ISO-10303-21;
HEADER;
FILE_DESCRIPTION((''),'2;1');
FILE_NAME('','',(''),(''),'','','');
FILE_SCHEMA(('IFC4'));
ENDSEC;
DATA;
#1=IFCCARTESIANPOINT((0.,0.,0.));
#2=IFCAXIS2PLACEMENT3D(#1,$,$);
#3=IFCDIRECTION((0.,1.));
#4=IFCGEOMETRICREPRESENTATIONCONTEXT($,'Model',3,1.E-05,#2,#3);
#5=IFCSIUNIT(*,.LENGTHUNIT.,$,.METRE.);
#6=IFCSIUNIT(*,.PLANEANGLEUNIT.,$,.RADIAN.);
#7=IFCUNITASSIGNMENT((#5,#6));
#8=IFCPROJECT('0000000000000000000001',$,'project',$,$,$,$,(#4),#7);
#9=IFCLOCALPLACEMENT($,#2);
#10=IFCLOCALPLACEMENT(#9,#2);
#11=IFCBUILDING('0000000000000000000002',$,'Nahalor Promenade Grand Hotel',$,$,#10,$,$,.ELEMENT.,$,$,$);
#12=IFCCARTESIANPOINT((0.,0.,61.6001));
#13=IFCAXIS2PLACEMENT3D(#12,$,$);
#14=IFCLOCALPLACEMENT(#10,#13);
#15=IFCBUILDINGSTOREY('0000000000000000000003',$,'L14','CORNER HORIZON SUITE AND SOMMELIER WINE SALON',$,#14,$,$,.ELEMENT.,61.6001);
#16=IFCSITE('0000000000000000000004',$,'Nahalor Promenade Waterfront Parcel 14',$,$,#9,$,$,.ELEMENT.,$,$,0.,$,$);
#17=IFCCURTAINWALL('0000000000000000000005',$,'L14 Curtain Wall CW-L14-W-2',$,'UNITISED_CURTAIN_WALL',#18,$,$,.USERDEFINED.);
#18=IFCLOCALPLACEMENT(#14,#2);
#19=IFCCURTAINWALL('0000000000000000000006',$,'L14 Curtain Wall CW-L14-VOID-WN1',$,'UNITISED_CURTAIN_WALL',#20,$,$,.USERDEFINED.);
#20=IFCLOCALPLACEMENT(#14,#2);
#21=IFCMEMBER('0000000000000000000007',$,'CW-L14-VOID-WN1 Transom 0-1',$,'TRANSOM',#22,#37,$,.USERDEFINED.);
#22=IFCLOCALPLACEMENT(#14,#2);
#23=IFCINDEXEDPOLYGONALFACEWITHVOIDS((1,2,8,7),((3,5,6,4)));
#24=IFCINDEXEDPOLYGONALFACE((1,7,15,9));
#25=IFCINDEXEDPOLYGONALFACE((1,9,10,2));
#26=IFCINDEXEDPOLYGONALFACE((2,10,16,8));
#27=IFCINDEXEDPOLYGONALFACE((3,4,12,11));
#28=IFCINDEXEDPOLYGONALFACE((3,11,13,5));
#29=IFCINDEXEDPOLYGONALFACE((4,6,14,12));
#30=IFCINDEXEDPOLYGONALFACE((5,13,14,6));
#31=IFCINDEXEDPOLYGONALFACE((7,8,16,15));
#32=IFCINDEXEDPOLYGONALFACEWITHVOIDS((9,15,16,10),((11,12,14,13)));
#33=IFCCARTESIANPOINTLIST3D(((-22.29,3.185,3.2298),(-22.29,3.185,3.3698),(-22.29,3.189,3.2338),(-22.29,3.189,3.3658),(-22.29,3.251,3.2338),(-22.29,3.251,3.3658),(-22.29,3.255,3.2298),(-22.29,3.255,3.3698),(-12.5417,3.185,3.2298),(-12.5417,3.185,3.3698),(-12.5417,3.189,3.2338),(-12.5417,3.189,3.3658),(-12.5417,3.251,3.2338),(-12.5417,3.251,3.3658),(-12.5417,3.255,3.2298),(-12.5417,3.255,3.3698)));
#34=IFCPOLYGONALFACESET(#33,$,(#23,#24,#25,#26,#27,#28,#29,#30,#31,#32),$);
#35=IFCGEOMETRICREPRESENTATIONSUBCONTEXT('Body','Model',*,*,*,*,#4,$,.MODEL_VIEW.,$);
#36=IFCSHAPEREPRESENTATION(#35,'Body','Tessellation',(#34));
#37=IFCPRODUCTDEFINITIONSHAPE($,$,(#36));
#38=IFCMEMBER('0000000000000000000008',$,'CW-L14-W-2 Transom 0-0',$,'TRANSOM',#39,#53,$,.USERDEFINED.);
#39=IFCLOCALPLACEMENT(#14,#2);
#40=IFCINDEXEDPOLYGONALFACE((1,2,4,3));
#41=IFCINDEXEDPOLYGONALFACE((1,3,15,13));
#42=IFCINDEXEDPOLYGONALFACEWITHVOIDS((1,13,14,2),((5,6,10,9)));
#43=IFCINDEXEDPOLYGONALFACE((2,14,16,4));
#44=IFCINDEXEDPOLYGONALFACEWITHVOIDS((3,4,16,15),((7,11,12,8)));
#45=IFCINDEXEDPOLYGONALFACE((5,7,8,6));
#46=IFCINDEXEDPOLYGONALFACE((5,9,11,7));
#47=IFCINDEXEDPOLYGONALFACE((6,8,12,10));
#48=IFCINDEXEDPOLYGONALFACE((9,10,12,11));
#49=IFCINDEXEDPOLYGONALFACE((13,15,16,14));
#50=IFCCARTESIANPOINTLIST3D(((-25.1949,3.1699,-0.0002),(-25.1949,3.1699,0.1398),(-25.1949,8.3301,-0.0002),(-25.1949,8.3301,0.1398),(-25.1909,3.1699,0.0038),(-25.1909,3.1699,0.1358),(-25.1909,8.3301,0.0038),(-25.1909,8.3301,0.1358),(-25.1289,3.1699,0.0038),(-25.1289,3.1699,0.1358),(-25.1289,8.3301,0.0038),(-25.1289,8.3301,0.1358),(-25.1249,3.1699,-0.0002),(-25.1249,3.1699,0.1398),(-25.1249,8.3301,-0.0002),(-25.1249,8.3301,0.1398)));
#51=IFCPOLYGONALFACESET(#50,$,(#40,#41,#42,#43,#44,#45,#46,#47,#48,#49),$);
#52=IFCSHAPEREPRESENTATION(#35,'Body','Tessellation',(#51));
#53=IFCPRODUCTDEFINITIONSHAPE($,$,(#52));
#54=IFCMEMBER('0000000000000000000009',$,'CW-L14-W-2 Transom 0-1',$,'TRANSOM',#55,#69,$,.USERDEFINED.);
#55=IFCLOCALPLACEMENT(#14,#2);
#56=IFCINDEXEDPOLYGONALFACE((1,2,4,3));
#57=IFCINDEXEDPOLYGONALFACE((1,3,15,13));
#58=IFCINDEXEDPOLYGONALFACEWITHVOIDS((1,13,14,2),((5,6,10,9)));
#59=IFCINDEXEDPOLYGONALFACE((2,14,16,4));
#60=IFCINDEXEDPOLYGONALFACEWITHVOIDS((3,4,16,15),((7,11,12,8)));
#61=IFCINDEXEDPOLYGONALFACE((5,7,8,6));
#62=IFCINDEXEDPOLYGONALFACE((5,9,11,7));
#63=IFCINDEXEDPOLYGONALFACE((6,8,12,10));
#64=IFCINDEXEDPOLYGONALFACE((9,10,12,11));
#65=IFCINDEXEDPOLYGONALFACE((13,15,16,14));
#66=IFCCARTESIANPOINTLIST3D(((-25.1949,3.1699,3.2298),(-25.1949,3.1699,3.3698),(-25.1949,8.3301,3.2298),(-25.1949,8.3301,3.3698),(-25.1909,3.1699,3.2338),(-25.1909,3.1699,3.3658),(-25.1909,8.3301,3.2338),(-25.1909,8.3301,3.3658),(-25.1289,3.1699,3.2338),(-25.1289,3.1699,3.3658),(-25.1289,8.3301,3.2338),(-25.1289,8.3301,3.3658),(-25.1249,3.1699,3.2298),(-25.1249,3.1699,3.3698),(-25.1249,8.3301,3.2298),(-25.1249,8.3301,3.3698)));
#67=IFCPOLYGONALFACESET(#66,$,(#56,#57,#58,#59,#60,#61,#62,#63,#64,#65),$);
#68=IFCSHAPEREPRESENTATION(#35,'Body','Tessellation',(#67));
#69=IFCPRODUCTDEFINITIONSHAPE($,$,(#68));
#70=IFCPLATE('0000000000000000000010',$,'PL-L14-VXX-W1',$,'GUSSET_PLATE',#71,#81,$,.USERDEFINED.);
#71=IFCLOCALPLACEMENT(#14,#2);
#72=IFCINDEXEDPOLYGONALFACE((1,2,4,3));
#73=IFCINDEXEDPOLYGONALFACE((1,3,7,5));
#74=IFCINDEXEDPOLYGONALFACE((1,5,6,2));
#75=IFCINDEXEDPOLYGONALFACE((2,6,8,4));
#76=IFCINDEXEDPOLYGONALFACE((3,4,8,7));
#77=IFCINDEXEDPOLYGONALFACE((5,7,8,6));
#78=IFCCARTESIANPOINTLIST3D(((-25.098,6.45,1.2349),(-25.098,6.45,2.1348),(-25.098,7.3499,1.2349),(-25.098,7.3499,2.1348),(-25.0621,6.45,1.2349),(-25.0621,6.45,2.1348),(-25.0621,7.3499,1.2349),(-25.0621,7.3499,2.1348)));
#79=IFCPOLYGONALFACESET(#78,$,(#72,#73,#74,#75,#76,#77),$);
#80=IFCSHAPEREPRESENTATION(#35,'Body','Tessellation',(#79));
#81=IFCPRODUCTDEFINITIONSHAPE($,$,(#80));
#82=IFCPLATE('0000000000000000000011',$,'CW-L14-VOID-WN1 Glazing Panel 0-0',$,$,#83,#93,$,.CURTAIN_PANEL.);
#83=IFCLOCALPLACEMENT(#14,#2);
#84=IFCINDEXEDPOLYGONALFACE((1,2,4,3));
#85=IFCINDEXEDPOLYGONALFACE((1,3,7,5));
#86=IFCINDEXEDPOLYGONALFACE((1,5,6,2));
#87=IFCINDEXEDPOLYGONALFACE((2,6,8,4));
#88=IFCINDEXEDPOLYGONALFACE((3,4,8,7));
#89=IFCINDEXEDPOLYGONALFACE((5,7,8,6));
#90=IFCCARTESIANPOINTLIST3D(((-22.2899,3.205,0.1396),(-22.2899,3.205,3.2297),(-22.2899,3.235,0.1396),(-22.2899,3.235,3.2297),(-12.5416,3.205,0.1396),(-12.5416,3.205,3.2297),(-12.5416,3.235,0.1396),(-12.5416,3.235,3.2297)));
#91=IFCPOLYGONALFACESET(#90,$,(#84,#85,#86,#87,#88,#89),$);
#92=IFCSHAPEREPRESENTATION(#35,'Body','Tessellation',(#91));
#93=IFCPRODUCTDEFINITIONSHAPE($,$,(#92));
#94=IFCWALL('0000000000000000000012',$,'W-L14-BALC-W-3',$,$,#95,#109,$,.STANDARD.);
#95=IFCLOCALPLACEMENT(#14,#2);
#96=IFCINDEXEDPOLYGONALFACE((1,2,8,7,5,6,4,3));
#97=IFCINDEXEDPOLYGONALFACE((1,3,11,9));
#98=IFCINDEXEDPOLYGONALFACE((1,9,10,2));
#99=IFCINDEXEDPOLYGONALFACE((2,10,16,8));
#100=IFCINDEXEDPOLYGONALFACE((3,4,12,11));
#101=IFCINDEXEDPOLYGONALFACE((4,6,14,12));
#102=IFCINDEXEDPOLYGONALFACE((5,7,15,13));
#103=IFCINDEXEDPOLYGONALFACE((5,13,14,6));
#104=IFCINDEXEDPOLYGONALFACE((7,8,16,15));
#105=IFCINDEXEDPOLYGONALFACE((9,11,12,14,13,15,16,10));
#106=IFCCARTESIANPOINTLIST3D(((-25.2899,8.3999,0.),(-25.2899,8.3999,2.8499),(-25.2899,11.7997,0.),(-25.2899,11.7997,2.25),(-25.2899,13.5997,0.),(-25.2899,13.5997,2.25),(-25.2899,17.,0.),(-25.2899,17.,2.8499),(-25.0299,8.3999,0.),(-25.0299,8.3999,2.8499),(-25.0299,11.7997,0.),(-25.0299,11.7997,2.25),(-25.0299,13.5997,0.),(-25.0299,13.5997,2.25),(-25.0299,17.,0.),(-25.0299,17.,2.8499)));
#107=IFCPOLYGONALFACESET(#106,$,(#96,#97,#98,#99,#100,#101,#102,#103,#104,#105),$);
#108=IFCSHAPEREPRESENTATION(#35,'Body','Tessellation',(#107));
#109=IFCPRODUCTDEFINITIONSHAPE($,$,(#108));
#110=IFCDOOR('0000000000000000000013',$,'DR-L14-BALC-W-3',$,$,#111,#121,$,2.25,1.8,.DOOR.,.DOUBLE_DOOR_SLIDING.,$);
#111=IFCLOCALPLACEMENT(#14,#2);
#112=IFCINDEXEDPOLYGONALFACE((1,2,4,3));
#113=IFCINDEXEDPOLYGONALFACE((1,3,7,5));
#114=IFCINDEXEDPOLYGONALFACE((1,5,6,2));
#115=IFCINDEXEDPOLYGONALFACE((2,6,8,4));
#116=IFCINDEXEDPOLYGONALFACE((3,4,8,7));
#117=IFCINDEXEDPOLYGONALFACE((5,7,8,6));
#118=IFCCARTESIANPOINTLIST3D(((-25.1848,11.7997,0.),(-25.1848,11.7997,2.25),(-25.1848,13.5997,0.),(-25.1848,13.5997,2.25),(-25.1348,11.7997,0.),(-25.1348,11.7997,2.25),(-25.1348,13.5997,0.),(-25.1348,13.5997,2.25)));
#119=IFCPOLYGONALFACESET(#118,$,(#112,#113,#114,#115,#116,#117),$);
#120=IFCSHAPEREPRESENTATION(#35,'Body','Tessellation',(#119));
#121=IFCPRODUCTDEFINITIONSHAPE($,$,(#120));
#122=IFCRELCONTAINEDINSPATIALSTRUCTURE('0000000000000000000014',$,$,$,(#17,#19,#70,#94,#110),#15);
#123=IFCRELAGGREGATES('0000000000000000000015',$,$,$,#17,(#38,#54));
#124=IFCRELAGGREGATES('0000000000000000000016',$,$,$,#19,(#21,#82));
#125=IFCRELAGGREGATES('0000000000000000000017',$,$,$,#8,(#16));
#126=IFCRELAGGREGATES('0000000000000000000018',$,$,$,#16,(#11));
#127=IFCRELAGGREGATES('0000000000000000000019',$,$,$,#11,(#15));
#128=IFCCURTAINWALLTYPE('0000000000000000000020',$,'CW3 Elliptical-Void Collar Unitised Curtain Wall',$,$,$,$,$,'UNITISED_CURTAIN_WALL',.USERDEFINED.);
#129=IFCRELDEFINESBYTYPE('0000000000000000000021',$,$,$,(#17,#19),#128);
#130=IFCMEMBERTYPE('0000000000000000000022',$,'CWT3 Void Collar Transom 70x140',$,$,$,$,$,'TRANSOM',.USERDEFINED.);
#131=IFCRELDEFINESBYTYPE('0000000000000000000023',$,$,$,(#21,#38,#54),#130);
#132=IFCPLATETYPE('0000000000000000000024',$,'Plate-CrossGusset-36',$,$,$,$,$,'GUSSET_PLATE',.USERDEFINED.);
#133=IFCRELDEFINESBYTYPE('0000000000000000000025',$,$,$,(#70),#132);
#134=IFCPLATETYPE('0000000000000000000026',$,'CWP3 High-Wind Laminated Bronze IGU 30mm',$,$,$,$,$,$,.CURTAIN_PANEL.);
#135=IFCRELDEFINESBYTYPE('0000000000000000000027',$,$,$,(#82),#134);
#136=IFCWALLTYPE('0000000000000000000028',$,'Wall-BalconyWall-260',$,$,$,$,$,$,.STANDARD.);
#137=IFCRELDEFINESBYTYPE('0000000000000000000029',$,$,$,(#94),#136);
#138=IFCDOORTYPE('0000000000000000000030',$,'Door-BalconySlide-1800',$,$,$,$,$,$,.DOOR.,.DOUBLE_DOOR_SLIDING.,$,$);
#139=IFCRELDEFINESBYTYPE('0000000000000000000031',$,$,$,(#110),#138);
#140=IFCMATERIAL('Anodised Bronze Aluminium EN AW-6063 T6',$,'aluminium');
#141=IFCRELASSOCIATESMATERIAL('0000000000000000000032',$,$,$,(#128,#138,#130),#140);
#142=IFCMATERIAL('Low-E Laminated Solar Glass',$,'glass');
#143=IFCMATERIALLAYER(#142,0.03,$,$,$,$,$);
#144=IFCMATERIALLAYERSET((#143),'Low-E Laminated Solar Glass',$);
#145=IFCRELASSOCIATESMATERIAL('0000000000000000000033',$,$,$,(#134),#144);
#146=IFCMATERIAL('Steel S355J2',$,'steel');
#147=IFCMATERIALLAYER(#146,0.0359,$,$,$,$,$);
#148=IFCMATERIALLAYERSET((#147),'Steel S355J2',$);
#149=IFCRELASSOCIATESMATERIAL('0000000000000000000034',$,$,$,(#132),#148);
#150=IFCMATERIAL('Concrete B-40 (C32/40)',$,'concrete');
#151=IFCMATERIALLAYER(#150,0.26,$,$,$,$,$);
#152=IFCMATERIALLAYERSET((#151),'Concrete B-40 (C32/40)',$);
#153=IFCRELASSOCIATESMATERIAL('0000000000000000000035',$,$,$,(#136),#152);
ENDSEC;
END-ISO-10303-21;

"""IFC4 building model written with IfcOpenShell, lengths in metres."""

from ifc_helpers import new_model, si_unit, direction, frame, frame_2d, origin, origin_2d, place, context, subcontext, project, spatial, rectangle, hollow_rectangle, extrude, source, transform, mapped, material, layer, layer_set, material_profile, profile_set, type_object, element, fill, aggregate, save


model = new_model("IFC4")

# Units and contexts
model_context = context("Model", 3, precision=1e-05, world=origin(), true_north=direction((0.0, 1.0)))
body_context = subcontext(model_context, "Body", "Model", "MODEL_VIEW")
ifc_project = project(units=[si_unit("LENGTHUNIT", "METRE"), si_unit("PLANEANGLEUNIT", "RADIAN")], contexts=[model_context])

# Site, building, storey
site_placement = place(None, origin())
site = spatial("IfcSite", under=ifc_project, at=site_placement, Name="Nahalor Promenade Waterfront Parcel 14", CompositionType="ELEMENT", RefElevation=0.0)
building_placement = place(site_placement, origin())
building = spatial("IfcBuilding", under=site, at=building_placement, Name="Nahalor Promenade Grand Hotel", CompositionType="ELEMENT")
storey_placement = place(building_placement, frame((0.0, 0.0, 61.6001)))
storey = spatial("IfcBuildingStorey", under=building, at=storey_placement, Name="L14", Description="CORNER HORIZON SUITE AND SOMMELIER WINE SALON", CompositionType="ELEMENT", Elevation=61.6001)

# Shared definitions
ifc_material_1 = material(Name="Steel S355J2", Category="steel")

# Curtain walls, member
ifc_material_2 = material(Name="Anodised Bronze Aluminium EN AW-6063 T6", Category="aluminium")
curtain_wall_type = type_object("IfcCurtainWallType", Name="CW3 Elliptical-Void Collar Unitised Curtain Wall", ElementType="UNITISED_CURTAIN_WALL", PredefinedType="USERDEFINED", material=ifc_material_2)
curtain_wall_1_placement = place(storey_placement, origin())
curtain_wall_1 = element("IfcCurtainWall", 1, at=curtain_wall_1_placement, inside=storey, type_object=curtain_wall_type, Name="L14 Curtain Wall CW-L14-W-2", ObjectType="UNITISED_CURTAIN_WALL", PredefinedType="USERDEFINED")
curtain_wall_2_placement = place(storey_placement, origin())
curtain_wall_2 = element("IfcCurtainWall", 2, at=curtain_wall_2_placement, inside=storey, type_object=curtain_wall_type, Name="L14 Curtain Wall CW-L14-VOID-WN1", ObjectType="UNITISED_CURTAIN_WALL", PredefinedType="USERDEFINED")
ifc_material_profile_1 = material_profile(ifc_material_2, hollow_rectangle(XDim=0.07, YDim=0.14, WallThickness=0.004, at=origin_2d()), Name="CWT 70x140x4")
ifc_profile_set_1 = profile_set([ifc_material_profile_1], Name="Anodised Bronze Aluminium EN AW-6063 T6")
member_type_1 = type_object("IfcMemberType", Name="CWT3 Void Collar Transom 70x140", ElementType="TRANSOM", PredefinedType="USERDEFINED", material=ifc_profile_set_1)
shared_shape_1 = source(origin(), body_context, "Body", "SweptSolid", [
    extrude(hollow_rectangle(XDim=0.07, YDim=0.14, WallThickness=0.004, at=origin_2d()), origin(), (0.0, 0.0, 1.0), 9.7483),
])
member_1_placement = place(storey_placement, frame((-22.29, 3.22, 3.2998), z_axis=(1.0, 0.0, 0.0), x_axis=(0.0, 1.0, 0.0)))
member_1 = element("IfcMember", 3, at=member_1_placement, type_object=member_type_1, Name="CW-L14-VOID-WN1 Transom 0-1", ObjectType="TRANSOM", PredefinedType="USERDEFINED", context=body_context, shape_type="MappedRepresentation", body=[
    mapped(shared_shape_1, transform((0.0, 0.0, 0.0), scale=1.0)),
])

# Members
shared_shape_2 = source(origin(), body_context, "Body", "SweptSolid", [
    extrude(hollow_rectangle(XDim=0.07, YDim=0.14, WallThickness=0.004, at=origin_2d()), origin(), (0.0, 0.0, 1.0), 5.1602),
])
member_2_placement = place(storey_placement, frame((-25.1599, 3.1699, 0.0698), z_axis=(0.0, 1.0, 0.0), x_axis=(-1.0, 0.0, 0.0)))
member_2 = element("IfcMember", 4, at=member_2_placement, type_object=member_type_1, Name="CW-L14-W-2 Transom 0-0", ObjectType="TRANSOM", PredefinedType="USERDEFINED", context=body_context, shape_type="MappedRepresentation", body=[
    mapped(shared_shape_2, transform((0.0, 0.0, 0.0), scale=1.0)),
])
member_3_placement = place(storey_placement, frame((-25.1599, 3.1699, 3.2998), z_axis=(0.0, 1.0, 0.0), x_axis=(-1.0, 0.0, 0.0)))
member_3 = element("IfcMember", 5, at=member_3_placement, type_object=member_type_1, Name="CW-L14-W-2 Transom 0-1", ObjectType="TRANSOM", PredefinedType="USERDEFINED", context=body_context, shape_type="MappedRepresentation", body=[
    mapped(shared_shape_2, transform((0.0, 0.0, 0.0), scale=1.0)),
])

# Plates
ifc_material_3 = material(Name="Low-E Laminated Solar Glass", Category="glass")
ifc_layer_1 = layer(ifc_material_3, 0.03)
ifc_layer_set_1 = layer_set([ifc_layer_1], Name="Low-E Laminated Solar Glass")
plate_type_1 = type_object("IfcPlateType", Name="CWP3 High-Wind Laminated Bronze IGU 30mm", PredefinedType="CURTAIN_PANEL", material=ifc_layer_set_1)
aggregate(curtain_wall_1, [member_2, member_3])
ifc_layer_2 = layer(ifc_material_1, 0.0359)
ifc_layer_set_2 = layer_set([ifc_layer_2], Name="Steel S355J2")
plate_type_2 = type_object("IfcPlateType", Name="Plate-CrossGusset-36", ElementType="GUSSET_PLATE", PredefinedType="USERDEFINED", material=ifc_layer_set_2)
shared_shape_3 = source(origin(), body_context, "Body", "SweptSolid", [
    extrude(rectangle(XDim=0.8999, YDim=0.0359, at=origin_2d()), origin(), (0.0, 0.0, 1.0), 0.8999),
])
plate_1_placement = place(storey_placement, frame((-25.0801, 6.8999, 1.2349), z_axis=(0.0, 0.0, 1.0), x_axis=(0.0, 1.0, 0.0)))
element("IfcPlate", 6, at=plate_1_placement, inside=storey, type_object=plate_type_2, Name="PL-L14-VXX-W1", ObjectType="GUSSET_PLATE", PredefinedType="USERDEFINED", context=body_context, shape_type="MappedRepresentation", body=[
    mapped(shared_shape_3, transform((0.0, 0.0, 0.0), scale=1.0)),
])
shared_shape_4 = source(origin(), body_context, "Body", "SweptSolid", [
    extrude(rectangle(XDim=9.7483, YDim=0.03, at=origin_2d()), origin(), (0.0, 0.0, 1.0), 3.0901),
])
plate_2_placement = place(storey_placement, frame((-17.4158, 3.22, 0.1396), z_axis=(0.0, 0.0, 1.0), x_axis=(1.0, 0.0, 0.0)))
plate_2 = element("IfcPlate", 7, at=plate_2_placement, type_object=plate_type_1, Name="CW-L14-VOID-WN1 Glazing Panel 0-0", PredefinedType="CURTAIN_PANEL", context=body_context, shape_type="MappedRepresentation", body=[
    mapped(shared_shape_4, transform((0.0, 0.0, 0.0), scale=1.0)),
])
aggregate(curtain_wall_2, [member_1, plate_2])

# Wall, opening, door
ifc_material_4 = material(Name="Concrete B-40 (C32/40)", Category="concrete")
ifc_layer_3 = layer(ifc_material_4, 0.26)
ifc_layer_set_3 = layer_set([ifc_layer_3], Name="Concrete B-40 (C32/40)")
wall_type_1 = type_object("IfcWallType", Name="Wall-BalconyWall-260", PredefinedType="STANDARD", material=ifc_layer_set_3)
shared_shape_5 = source(origin(), body_context, "Body", "SweptSolid", [
    extrude(rectangle(XDim=8.6001, YDim=0.26, at=frame_2d((4.3, 0.0))), origin(), (0.0, 0.0, 1.0), 2.8499),
])
wall_1_placement = place(storey_placement, frame((-25.1599, 8.3999, 0.0), z_axis=(0.0, 0.0, 1.0), x_axis=(0.0, 1.0, 0.0)))
wall_1 = element("IfcWall", 8, at=wall_1_placement, inside=storey, type_object=wall_type_1, Name="W-L14-BALC-W-3", PredefinedType="STANDARD", context=body_context, shape_type="MappedRepresentation", body=[
    mapped(shared_shape_5, transform((0.0, 0.0, 0.0), scale=1.0)),
])
opening_1_placement = place(wall_1_placement, frame((3.3999, 0.0, 0.0)))
opening_1 = element("IfcOpeningElement", 9, at=opening_1_placement, cuts=wall_1, PredefinedType="OPENING", context=body_context, shape_type="SweptSolid", body=[
    extrude(rectangle(XDim=1.8, YDim=2.25, at=frame_2d((0.8999, 1.125))), frame((0.0, 0.1399, 0.0), z_axis=(0.0, -1.0, 0.0), x_axis=(1.0, 0.0, 0.0)), (0.0, 0.0, 1.0), 0.28),
])
door_type_1 = type_object("IfcDoorType", Name="Door-BalconySlide-1800", OperationType="DOUBLE_DOOR_SLIDING", PredefinedType="DOOR", material=ifc_material_2)
shared_shape_6 = source(origin(), body_context, "Body", "SweptSolid", [
    extrude(rectangle(XDim=1.8, YDim=2.25, at=frame_2d((0.8999, 1.125))), frame((0.0, 0.0249, 0.0), z_axis=(0.0, -1.0, 0.0), x_axis=(1.0, 0.0, 0.0)), (0.0, 0.0, 1.0), 0.05),
])
door_1_placement = place(opening_1_placement, origin())
door_1 = element("IfcDoor", 10, at=door_1_placement, inside=storey, type_object=door_type_1, Name="DR-L14-BALC-W-3", OperationType="DOUBLE_DOOR_SLIDING", OverallHeight=2.25, OverallWidth=1.8, PredefinedType="DOOR", context=body_context, shape_type="MappedRepresentation", body=[
    mapped(shared_shape_6, transform((0.0, 0.0, 0.0), scale=1.0)),
])
fill(opening_1, door_1)

save(model, "model.ifc")
